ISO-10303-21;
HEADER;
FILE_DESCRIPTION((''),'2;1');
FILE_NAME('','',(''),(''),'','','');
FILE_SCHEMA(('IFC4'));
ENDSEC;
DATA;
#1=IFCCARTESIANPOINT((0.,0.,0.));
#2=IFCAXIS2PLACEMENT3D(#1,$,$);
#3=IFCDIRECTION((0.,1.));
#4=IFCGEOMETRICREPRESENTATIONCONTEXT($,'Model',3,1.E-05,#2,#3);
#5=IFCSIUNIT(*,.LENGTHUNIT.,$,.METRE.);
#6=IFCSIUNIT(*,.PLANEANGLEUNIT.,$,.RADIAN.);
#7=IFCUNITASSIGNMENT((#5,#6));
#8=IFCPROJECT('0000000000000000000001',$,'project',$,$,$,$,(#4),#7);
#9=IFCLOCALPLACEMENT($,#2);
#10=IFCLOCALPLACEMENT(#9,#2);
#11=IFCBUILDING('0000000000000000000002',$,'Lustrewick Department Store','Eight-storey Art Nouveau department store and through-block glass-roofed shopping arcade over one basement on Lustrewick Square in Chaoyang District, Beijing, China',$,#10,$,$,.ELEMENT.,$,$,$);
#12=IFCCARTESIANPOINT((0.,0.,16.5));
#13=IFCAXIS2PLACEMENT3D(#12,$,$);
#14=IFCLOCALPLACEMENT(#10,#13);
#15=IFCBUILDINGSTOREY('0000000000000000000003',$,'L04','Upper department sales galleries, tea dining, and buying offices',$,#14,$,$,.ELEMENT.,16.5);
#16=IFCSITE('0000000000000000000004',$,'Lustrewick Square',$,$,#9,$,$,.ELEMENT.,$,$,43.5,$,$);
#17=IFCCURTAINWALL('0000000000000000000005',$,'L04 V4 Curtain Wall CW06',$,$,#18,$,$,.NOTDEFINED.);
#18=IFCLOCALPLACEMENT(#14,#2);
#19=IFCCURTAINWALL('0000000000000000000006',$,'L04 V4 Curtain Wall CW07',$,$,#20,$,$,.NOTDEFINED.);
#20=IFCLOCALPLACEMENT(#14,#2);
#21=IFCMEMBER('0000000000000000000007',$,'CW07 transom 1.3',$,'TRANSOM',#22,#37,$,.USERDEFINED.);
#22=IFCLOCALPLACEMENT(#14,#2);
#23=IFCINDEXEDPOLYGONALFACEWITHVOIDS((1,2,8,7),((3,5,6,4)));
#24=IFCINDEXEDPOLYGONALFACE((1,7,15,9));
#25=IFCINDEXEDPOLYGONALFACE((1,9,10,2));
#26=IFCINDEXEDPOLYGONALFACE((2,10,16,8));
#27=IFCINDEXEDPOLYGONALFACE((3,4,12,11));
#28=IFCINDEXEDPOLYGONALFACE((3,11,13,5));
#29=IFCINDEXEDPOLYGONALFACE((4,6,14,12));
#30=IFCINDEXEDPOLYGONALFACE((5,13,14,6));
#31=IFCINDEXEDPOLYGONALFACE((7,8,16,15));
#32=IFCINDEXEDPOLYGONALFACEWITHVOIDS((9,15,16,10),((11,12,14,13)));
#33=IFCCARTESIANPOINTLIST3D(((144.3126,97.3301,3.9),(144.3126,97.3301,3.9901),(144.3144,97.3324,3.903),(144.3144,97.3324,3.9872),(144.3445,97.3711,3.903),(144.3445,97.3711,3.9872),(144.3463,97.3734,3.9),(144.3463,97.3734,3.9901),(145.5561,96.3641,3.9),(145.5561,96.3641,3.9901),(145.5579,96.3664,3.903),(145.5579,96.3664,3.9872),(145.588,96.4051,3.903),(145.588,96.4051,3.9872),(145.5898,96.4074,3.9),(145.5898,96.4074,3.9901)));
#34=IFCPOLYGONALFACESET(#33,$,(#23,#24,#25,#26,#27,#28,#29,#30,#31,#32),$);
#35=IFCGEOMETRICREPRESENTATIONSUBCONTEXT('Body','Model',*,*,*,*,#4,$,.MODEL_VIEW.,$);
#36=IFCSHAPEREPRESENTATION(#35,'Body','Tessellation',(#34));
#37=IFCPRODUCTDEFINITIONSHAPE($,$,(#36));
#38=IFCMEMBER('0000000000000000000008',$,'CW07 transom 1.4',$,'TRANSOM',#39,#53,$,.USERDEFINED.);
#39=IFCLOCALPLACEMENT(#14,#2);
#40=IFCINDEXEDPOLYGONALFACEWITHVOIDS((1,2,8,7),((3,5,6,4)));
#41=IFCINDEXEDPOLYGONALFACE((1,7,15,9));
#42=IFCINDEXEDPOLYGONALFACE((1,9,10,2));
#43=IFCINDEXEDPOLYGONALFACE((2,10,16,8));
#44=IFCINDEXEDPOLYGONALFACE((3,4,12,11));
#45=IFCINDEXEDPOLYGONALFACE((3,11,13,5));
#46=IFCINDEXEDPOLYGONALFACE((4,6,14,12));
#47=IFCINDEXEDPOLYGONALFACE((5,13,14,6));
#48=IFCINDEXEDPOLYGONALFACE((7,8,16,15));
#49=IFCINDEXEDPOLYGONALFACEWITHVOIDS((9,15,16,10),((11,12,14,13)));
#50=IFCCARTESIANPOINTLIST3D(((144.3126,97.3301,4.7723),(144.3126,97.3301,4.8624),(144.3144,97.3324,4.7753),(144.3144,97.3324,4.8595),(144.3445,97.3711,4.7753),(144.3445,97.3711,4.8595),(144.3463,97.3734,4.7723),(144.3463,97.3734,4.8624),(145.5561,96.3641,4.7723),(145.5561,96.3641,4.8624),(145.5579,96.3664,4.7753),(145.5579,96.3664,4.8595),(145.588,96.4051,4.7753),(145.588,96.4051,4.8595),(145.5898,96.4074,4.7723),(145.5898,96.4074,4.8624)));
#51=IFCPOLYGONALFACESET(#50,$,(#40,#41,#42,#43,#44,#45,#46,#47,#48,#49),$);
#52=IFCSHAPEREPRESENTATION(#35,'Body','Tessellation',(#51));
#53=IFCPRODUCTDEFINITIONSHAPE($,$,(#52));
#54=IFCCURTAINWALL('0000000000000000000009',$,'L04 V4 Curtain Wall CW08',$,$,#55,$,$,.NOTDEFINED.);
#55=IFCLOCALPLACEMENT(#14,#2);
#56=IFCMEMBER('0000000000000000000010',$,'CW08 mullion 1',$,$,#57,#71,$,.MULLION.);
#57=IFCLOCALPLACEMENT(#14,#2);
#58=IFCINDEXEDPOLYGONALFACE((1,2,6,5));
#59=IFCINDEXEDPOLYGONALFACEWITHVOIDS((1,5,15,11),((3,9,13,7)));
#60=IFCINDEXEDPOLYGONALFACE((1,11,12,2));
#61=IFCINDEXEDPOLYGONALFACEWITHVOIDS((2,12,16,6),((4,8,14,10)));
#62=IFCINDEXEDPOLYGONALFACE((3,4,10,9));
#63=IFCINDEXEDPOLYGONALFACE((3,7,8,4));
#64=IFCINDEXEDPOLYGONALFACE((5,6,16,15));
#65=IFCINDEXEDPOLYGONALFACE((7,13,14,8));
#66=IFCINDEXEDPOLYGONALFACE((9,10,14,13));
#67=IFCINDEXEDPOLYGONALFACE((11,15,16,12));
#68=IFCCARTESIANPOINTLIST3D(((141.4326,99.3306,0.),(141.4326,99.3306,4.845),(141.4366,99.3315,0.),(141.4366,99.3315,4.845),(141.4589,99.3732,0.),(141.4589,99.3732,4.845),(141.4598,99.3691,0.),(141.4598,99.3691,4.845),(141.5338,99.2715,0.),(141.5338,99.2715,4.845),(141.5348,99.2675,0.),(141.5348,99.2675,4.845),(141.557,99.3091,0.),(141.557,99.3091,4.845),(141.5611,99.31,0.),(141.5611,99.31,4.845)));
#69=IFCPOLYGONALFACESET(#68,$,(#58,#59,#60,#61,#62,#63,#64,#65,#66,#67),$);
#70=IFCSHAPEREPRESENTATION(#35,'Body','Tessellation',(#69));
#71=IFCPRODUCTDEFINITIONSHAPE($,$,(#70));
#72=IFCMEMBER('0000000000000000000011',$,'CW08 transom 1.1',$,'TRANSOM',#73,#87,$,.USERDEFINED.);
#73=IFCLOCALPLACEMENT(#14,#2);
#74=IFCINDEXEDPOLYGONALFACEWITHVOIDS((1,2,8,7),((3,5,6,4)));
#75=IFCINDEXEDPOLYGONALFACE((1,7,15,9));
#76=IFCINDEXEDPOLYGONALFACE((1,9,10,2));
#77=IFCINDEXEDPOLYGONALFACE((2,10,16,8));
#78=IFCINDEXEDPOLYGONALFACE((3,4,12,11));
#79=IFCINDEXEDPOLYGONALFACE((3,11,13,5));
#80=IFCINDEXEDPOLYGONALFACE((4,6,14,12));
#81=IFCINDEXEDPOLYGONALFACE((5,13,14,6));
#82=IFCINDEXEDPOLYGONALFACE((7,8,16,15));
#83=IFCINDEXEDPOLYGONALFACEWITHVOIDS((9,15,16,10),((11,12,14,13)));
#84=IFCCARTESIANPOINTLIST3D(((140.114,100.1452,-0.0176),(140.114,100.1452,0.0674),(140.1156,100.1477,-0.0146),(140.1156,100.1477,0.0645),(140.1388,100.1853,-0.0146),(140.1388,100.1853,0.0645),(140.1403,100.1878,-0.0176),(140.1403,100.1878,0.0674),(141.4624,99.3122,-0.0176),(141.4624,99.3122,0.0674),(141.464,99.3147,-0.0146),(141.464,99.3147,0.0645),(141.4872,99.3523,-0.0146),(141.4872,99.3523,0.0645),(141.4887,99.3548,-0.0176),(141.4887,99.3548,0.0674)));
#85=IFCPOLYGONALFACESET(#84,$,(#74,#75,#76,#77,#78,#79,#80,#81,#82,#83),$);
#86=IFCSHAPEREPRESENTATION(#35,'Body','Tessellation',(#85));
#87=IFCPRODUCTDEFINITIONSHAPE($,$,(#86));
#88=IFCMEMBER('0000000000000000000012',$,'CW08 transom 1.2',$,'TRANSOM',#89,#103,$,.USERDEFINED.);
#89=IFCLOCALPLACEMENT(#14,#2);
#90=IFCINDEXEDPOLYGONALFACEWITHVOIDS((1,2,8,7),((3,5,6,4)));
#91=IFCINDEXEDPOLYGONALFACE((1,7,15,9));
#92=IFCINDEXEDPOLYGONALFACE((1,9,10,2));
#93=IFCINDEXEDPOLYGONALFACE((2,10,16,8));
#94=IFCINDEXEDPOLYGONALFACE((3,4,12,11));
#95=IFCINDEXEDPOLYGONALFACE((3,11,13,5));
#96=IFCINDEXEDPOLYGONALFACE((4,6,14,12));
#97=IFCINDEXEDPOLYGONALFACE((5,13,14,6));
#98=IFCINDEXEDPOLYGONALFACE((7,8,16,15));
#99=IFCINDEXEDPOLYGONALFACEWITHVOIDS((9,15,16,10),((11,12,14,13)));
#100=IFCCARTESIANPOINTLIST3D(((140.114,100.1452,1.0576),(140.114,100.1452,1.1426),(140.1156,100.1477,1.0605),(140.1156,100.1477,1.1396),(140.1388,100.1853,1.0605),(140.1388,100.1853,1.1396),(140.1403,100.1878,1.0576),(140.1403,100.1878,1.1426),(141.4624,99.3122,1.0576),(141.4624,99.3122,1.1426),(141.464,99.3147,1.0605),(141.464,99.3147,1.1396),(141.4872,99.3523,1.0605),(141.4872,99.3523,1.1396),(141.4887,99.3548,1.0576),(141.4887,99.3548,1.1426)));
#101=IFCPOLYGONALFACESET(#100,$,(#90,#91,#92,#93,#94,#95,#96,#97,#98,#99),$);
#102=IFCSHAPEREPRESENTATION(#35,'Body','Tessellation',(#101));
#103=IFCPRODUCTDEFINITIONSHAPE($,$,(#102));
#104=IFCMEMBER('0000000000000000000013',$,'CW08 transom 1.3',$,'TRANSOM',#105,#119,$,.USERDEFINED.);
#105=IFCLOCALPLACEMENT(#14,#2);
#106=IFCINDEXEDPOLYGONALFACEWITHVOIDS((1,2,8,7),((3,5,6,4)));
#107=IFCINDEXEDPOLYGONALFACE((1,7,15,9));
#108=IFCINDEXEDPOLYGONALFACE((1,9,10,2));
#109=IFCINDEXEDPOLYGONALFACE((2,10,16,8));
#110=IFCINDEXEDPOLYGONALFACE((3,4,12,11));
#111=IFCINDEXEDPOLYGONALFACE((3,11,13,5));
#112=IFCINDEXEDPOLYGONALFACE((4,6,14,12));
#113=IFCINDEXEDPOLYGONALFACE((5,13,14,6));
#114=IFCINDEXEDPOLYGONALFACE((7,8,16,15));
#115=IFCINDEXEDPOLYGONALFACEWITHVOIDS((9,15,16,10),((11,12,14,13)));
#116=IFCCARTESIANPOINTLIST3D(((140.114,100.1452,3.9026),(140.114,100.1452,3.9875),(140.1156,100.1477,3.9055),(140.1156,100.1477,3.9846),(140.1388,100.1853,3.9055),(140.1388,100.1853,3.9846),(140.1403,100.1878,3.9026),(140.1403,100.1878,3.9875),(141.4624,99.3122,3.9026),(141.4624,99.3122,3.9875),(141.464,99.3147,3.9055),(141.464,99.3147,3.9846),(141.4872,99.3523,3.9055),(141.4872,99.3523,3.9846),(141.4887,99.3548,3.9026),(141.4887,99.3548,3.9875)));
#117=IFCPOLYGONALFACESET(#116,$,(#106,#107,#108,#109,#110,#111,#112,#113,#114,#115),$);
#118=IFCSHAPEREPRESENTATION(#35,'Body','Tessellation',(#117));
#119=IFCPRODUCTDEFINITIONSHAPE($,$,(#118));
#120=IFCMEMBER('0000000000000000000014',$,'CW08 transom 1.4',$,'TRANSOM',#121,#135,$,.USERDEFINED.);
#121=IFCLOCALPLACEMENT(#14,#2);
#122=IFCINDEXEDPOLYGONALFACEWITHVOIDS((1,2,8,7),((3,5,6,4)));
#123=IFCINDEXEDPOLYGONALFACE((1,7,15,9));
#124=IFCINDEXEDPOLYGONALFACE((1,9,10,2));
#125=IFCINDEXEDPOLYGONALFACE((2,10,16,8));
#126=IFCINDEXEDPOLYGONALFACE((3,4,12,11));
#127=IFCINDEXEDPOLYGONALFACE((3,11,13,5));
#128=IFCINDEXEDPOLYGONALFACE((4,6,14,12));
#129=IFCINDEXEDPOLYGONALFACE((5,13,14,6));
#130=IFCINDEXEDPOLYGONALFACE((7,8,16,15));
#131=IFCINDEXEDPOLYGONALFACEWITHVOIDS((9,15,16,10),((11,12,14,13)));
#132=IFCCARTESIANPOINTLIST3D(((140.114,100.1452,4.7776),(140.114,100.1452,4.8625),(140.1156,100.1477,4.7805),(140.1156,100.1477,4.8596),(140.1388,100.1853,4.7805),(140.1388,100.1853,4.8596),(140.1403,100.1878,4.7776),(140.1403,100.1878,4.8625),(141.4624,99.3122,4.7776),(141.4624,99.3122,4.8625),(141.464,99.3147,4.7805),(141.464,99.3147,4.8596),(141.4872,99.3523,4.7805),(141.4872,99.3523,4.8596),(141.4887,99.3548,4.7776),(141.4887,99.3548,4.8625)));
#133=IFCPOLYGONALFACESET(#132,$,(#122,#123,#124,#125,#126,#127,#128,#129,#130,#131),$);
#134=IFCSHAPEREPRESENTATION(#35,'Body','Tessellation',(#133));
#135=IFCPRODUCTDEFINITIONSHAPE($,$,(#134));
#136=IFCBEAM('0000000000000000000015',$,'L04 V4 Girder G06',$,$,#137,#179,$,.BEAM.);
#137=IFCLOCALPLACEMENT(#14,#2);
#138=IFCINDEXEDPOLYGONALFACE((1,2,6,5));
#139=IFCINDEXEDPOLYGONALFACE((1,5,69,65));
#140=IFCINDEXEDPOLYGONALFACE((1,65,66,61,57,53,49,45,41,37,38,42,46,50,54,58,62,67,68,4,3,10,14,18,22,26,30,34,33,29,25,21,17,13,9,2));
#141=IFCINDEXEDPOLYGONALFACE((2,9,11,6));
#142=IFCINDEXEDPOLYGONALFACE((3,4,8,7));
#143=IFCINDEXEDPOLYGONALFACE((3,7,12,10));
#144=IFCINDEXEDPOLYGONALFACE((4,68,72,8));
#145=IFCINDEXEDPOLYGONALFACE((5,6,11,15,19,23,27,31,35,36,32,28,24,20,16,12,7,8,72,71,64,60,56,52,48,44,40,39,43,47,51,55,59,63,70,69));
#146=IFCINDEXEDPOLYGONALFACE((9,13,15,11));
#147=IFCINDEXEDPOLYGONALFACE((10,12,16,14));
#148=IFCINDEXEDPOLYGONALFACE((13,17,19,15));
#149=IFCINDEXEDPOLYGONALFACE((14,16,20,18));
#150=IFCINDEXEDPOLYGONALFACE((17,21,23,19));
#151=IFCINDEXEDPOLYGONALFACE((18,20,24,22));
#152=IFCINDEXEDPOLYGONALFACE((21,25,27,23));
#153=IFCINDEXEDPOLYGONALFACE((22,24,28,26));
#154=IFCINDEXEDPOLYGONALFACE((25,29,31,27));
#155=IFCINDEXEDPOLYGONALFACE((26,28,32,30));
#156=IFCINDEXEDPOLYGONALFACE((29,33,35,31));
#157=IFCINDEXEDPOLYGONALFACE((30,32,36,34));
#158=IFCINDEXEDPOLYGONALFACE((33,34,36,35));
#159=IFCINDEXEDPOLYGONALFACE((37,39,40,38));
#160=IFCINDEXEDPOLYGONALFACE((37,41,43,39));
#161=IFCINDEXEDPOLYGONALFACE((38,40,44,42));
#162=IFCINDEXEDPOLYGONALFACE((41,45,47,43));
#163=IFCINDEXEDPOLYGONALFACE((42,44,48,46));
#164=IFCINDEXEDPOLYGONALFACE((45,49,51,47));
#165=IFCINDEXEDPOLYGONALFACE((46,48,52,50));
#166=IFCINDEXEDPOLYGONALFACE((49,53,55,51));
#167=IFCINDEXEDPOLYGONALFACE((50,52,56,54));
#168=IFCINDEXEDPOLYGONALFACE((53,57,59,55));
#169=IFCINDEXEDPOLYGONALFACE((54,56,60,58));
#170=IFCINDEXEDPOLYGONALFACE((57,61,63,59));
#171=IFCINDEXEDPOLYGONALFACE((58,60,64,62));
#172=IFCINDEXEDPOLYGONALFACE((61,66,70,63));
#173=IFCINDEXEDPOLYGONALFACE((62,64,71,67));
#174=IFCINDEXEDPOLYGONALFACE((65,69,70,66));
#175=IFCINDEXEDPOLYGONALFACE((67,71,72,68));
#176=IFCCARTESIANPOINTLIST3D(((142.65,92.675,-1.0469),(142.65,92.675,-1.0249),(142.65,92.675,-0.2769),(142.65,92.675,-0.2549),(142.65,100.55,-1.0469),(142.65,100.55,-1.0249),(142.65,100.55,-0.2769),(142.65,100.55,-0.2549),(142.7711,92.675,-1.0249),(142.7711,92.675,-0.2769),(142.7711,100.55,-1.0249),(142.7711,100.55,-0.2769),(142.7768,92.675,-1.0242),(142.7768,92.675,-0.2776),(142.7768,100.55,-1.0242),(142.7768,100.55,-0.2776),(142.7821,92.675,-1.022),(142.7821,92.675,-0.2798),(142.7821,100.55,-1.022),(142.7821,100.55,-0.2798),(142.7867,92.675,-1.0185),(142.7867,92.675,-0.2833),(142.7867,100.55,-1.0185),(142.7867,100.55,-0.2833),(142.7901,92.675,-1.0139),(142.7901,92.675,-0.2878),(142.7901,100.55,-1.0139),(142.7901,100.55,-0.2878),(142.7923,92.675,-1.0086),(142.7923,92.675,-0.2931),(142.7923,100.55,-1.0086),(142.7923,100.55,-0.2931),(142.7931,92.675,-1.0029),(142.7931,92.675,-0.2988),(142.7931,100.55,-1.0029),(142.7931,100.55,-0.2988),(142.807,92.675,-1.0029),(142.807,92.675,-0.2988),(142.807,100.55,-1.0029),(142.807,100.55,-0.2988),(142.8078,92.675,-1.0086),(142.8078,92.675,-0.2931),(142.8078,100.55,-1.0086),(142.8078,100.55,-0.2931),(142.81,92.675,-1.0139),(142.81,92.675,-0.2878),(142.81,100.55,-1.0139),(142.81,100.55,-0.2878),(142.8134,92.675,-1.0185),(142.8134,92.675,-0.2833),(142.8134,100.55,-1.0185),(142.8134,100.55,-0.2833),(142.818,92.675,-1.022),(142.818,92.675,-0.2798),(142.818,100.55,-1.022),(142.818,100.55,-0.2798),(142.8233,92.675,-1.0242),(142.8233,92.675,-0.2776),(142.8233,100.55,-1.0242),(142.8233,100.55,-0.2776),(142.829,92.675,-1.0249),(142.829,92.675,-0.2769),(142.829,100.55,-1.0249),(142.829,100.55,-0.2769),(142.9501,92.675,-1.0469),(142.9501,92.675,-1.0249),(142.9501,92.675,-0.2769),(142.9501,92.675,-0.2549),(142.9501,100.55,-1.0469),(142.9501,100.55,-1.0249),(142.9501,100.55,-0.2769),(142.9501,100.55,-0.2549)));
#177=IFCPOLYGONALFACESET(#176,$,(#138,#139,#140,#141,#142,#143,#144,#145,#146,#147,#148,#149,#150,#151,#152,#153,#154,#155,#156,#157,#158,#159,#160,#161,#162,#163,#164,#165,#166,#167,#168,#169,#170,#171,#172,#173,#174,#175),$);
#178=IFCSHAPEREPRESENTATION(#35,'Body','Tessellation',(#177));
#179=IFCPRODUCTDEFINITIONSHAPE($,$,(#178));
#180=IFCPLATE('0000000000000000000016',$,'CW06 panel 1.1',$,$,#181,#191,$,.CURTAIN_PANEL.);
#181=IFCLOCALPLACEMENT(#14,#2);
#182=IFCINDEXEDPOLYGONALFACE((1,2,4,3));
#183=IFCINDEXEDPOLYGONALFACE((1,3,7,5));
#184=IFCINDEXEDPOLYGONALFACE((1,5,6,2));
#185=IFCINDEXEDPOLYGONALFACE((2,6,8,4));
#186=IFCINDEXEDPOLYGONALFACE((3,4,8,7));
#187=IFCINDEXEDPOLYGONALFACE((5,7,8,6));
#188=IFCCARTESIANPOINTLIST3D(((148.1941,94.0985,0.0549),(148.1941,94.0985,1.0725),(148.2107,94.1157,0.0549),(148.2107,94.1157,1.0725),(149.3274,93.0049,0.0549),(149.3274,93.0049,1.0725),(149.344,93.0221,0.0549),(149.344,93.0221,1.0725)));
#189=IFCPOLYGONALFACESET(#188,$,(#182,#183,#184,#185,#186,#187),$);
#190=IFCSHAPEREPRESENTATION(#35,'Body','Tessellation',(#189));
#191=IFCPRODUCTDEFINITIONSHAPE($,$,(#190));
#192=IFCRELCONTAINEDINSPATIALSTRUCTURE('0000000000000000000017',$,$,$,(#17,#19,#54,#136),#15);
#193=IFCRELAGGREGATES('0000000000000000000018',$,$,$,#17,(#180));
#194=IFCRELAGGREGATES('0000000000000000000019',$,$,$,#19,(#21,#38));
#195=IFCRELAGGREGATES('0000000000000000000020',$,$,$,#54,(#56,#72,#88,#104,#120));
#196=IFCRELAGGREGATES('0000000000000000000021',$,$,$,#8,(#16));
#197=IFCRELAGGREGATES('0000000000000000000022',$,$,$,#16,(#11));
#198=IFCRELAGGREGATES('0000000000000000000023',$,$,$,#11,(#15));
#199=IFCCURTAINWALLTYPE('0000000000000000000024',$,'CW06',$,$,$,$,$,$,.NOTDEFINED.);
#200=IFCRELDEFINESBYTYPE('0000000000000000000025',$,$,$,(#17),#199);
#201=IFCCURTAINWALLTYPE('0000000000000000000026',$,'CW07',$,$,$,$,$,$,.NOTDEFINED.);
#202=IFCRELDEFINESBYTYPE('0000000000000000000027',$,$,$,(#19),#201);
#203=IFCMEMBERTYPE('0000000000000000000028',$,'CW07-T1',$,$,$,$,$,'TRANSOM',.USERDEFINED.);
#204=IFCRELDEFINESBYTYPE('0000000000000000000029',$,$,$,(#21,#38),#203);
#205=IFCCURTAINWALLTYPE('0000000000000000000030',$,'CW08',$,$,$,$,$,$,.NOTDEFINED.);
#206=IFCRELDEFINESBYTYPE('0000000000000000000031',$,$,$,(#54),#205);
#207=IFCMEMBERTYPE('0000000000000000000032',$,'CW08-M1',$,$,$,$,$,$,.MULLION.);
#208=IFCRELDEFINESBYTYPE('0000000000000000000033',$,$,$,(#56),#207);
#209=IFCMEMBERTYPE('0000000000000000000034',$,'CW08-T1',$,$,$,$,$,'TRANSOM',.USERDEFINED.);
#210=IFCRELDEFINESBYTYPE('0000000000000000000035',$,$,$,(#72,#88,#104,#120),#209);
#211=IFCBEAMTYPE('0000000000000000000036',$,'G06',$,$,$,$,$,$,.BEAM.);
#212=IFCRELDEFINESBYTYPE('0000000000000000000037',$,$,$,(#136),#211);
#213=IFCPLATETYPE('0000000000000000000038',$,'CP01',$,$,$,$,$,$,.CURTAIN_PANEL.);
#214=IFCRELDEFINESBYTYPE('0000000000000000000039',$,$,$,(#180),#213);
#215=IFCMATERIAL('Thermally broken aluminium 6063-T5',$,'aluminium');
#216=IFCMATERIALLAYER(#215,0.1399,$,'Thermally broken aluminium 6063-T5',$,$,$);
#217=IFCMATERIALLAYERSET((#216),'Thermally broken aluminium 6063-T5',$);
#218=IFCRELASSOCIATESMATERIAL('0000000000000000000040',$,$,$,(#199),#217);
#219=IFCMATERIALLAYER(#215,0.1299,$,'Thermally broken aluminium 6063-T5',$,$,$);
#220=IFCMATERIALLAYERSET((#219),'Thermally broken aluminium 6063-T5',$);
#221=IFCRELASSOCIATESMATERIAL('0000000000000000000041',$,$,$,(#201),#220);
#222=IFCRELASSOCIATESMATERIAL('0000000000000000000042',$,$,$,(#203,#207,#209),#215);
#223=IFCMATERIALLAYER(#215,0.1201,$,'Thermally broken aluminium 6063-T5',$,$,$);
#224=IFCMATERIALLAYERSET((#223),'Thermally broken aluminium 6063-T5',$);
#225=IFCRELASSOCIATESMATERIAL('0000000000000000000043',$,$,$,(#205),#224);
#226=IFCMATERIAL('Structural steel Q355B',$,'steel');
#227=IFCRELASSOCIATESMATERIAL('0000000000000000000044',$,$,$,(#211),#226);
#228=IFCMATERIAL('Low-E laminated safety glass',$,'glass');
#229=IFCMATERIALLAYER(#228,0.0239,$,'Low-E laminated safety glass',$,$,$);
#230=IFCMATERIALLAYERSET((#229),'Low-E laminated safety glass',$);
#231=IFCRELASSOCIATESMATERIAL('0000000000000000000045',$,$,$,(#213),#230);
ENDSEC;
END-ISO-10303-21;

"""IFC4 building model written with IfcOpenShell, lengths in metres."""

from ifc_helpers import new_model, si_unit, direction, frame, origin, origin_2d, place, context, subcontext, project, spatial, rectangle, hollow_rectangle, i_section, extrude, material, layer, layer_set, material_profile, profile_set, type_object, element, aggregate, save


model = new_model("IFC4")

# Units and contexts
model_context = context("Model", 3, precision=1e-05, world=origin(), true_north=direction((0.0, 1.0)))
body_context = subcontext(model_context, "Body", "Model", "MODEL_VIEW")
ifc_project = project(units=[si_unit("LENGTHUNIT", "METRE"), si_unit("PLANEANGLEUNIT", "RADIAN")], contexts=[model_context])

# Site, building, storey
site_placement = place(None, origin())
site = spatial("IfcSite", under=ifc_project, at=site_placement, Name="Lustrewick Square", CompositionType="ELEMENT", RefElevation=43.5)
building_placement = place(site_placement, origin())
building = spatial("IfcBuilding", under=site, at=building_placement, Name="Lustrewick Department Store", Description="Eight-storey Art Nouveau department store and through-block glass-roofed shopping arcade over one basement on Lustrewick Square in Chaoyang District, Beijing, China", CompositionType="ELEMENT")
storey_placement = place(building_placement, frame((0.0, 0.0, 16.5)))
storey = spatial("IfcBuildingStorey", under=building, at=storey_placement, Name="L04", Description="Upper department sales galleries, tea dining, and buying offices", CompositionType="ELEMENT", Elevation=16.5)

# Curtain walls, members
ifc_material_1 = material(Name="Thermally broken aluminium 6063-T5", Category="aluminium")
ifc_layer_1 = layer(ifc_material_1, 0.1399, Name="Thermally broken aluminium 6063-T5")
ifc_layer_set_1 = layer_set([ifc_layer_1], Name="Thermally broken aluminium 6063-T5")
curtain_wall_type_1 = type_object("IfcCurtainWallType", Name="CW06", PredefinedType="NOTDEFINED", material=ifc_layer_set_1)
curtain_wall_1_placement = place(storey_placement, origin())
curtain_wall_1 = element("IfcCurtainWall", 1, at=curtain_wall_1_placement, inside=storey, type_object=curtain_wall_type_1, Name="L04 V4 Curtain Wall CW06", PredefinedType="NOTDEFINED")
ifc_layer_2 = layer(ifc_material_1, 0.1299, Name="Thermally broken aluminium 6063-T5")
ifc_layer_set_2 = layer_set([ifc_layer_2], Name="Thermally broken aluminium 6063-T5")
curtain_wall_type_2 = type_object("IfcCurtainWallType", Name="CW07", PredefinedType="NOTDEFINED", material=ifc_layer_set_2)
curtain_wall_2_placement = place(storey_placement, origin())
curtain_wall_2 = element("IfcCurtainWall", 2, at=curtain_wall_2_placement, inside=storey, type_object=curtain_wall_type_2, Name="L04 V4 Curtain Wall CW07", PredefinedType="NOTDEFINED")
ifc_material_profile_1 = material_profile(ifc_material_1, hollow_rectangle(XDim=0.0549, YDim=0.0901, WallThickness=0.0029, at=origin_2d()), Name="ALU-T 55x90x3")
ifc_profile_set_1 = profile_set([ifc_material_profile_1], Name="Thermally broken aluminium 6063-T5")
member_type_1 = type_object("IfcMemberType", Name="CW07-T1", ElementType="TRANSOM", PredefinedType="USERDEFINED", material=ifc_profile_set_1)
member_1_placement = place(storey_placement, frame((145.573, 96.3857, 3.9451), z_axis=(-0.789728, 0.613458, 0.0), x_axis=(-0.613458, -0.789728, 0.0)))
member_1 = element("IfcMember", 3, at=member_1_placement, type_object=member_type_1, Name="CW07 transom 1.3", ObjectType="TRANSOM", PredefinedType="USERDEFINED", context=body_context, shape_type="SweptSolid", body=[
    extrude(hollow_rectangle(XDim=0.0549, YDim=0.0901, WallThickness=0.0029, at=origin_2d()), origin(), (0.0, 0.0, 1.0), 1.5747),
])
member_2_placement = place(storey_placement, frame((145.573, 96.3857, 4.8174), z_axis=(-0.789728, 0.613458, 0.0), x_axis=(-0.613458, -0.789728, 0.0)))
member_2 = element("IfcMember", 4, at=member_2_placement, type_object=member_type_1, Name="CW07 transom 1.4", ObjectType="TRANSOM", PredefinedType="USERDEFINED", context=body_context, shape_type="SweptSolid", body=[
    extrude(hollow_rectangle(XDim=0.0549, YDim=0.0901, WallThickness=0.0029, at=origin_2d()), origin(), (0.0, 0.0, 1.0), 1.5747),
])
ifc_layer_3 = layer(ifc_material_1, 0.1201, Name="Thermally broken aluminium 6063-T5")
ifc_layer_set_3 = layer_set([ifc_layer_3], Name="Thermally broken aluminium 6063-T5")
curtain_wall_type_3 = type_object("IfcCurtainWallType", Name="CW08", PredefinedType="NOTDEFINED", material=ifc_layer_set_3)
curtain_wall_3_placement = place(storey_placement, origin())
curtain_wall_3 = element("IfcCurtainWall", 5, at=curtain_wall_3_placement, inside=storey, type_object=curtain_wall_type_3, Name="L04 V4 Curtain Wall CW08", PredefinedType="NOTDEFINED")
ifc_material_profile_2 = material_profile(ifc_material_1, hollow_rectangle(XDim=0.05, YDim=0.1201, WallThickness=0.0029, at=origin_2d()), Name="ALU-M 50x120x3")
ifc_profile_set_2 = profile_set([ifc_material_profile_2], Name="Thermally broken aluminium 6063-T5")
member_type_2 = type_object("IfcMemberType", Name="CW08-M1", PredefinedType="MULLION", material=ifc_profile_set_2)
member_3_placement = place(storey_placement, frame((141.4968, 99.3203, 0.0), z_axis=(0.0, 0.0, 1.0), x_axis=(-0.525537, -0.850771, 0.0)))
member_3 = element("IfcMember", 6, at=member_3_placement, type_object=member_type_2, Name="CW08 mullion 1", PredefinedType="MULLION", context=body_context, shape_type="SweptSolid", body=[
    extrude(hollow_rectangle(XDim=0.05, YDim=0.1201, WallThickness=0.0029, at=origin_2d()), origin(), (0.0, 0.0, 1.0), 4.845),
])
ifc_material_profile_3 = material_profile(ifc_material_1, hollow_rectangle(XDim=0.05, YDim=0.085, WallThickness=0.0029, at=origin_2d()), Name="ALU-T 50x85x3")
ifc_profile_set_3 = profile_set([ifc_material_profile_3], Name="Thermally broken aluminium 6063-T5")
member_type_3 = type_object("IfcMemberType", Name="CW08-T1", ElementType="TRANSOM", PredefinedType="USERDEFINED", material=ifc_profile_set_3)
member_4_placement = place(storey_placement, frame((141.4756, 99.3335, 0.0249), z_axis=(-0.850747, 0.525575, 0.0), x_axis=(-0.525575, -0.850747, 0.0)))
member_4 = element("IfcMember", 7, at=member_4_placement, type_object=member_type_3, Name="CW08 transom 1.1", ObjectType="TRANSOM", PredefinedType="USERDEFINED", context=body_context, shape_type="SweptSolid", body=[
    extrude(hollow_rectangle(XDim=0.05, YDim=0.085, WallThickness=0.0029, at=origin_2d()), origin(), (0.0, 0.0, 1.0), 1.585),
])
member_5_placement = place(storey_placement, frame((141.4756, 99.3335, 1.1001), z_axis=(-0.850747, 0.525575, 0.0), x_axis=(-0.525575, -0.850747, 0.0)))
member_5 = element("IfcMember", 8, at=member_5_placement, type_object=member_type_3, Name="CW08 transom 1.2", ObjectType="TRANSOM", PredefinedType="USERDEFINED", context=body_context, shape_type="SweptSolid", body=[
    extrude(hollow_rectangle(XDim=0.05, YDim=0.085, WallThickness=0.0029, at=origin_2d()), origin(), (0.0, 0.0, 1.0), 1.585),
])
member_6_placement = place(storey_placement, frame((141.4756, 99.3335, 3.9451), z_axis=(-0.850747, 0.525575, 0.0), x_axis=(-0.525575, -0.850747, 0.0)))
member_6 = element("IfcMember", 9, at=member_6_placement, type_object=member_type_3, Name="CW08 transom 1.3", ObjectType="TRANSOM", PredefinedType="USERDEFINED", context=body_context, shape_type="SweptSolid", body=[
    extrude(hollow_rectangle(XDim=0.05, YDim=0.085, WallThickness=0.0029, at=origin_2d()), origin(), (0.0, 0.0, 1.0), 1.585),
])
member_7_placement = place(storey_placement, frame((141.4756, 99.3335, 4.8201), z_axis=(-0.850747, 0.525575, 0.0), x_axis=(-0.525575, -0.850747, 0.0)))
member_7 = element("IfcMember", 10, at=member_7_placement, type_object=member_type_3, Name="CW08 transom 1.4", ObjectType="TRANSOM", PredefinedType="USERDEFINED", context=body_context, shape_type="SweptSolid", body=[
    extrude(hollow_rectangle(XDim=0.05, YDim=0.085, WallThickness=0.0029, at=origin_2d()), origin(), (0.0, 0.0, 1.0), 1.585),
])

# Beam
ifc_material_2 = material(Name="Structural steel Q355B", Category="steel")
ifc_material_profile_4 = material_profile(ifc_material_2, i_section(OverallWidth=0.3, OverallDepth=0.792, WebThickness=0.0139, FlangeThickness=0.022, FilletRadius=0.022, at=origin_2d()), Name="HN 792x300x14x22")
ifc_profile_set_4 = profile_set([ifc_material_profile_4], Name="Structural steel Q355B")
beam_type = type_object("IfcBeamType", Name="G06", PredefinedType="BEAM", material=ifc_profile_set_4)
beam_placement = place(storey_placement, frame((142.8, 92.675, -0.6509), z_axis=(0.0, 1.0, 0.0), x_axis=(-1.0, 0.0, 0.0)))
element("IfcBeam", 11, at=beam_placement, inside=storey, type_object=beam_type, Name="L04 V4 Girder G06", PredefinedType="BEAM", context=body_context, shape_type="SweptSolid", body=[
    extrude(i_section(OverallWidth=0.3, OverallDepth=0.792, WebThickness=0.0139, FlangeThickness=0.022, FilletRadius=0.022, at=origin_2d()), origin(), (0.0, 0.0, 1.0), 7.875),
])

# Plate
ifc_material_3 = material(Name="Low-E laminated safety glass", Category="glass")
ifc_layer_4 = layer(ifc_material_3, 0.0239, Name="Low-E laminated safety glass")
ifc_layer_set_4 = layer_set([ifc_layer_4], Name="Low-E laminated safety glass")
plate_type_1 = type_object("IfcPlateType", Name="CP01", PredefinedType="CURTAIN_PANEL", material=ifc_layer_set_4)
plate_1_placement = place(storey_placement, frame((148.769, 93.5603, 0.0549), z_axis=(0.0, 0.0, 1.0), x_axis=(-0.719606, 0.694383, 0.0)))
plate_1 = element("IfcPlate", 12, at=plate_1_placement, type_object=plate_type_1, Name="CW06 panel 1.1", PredefinedType="CURTAIN_PANEL", context=body_context, shape_type="SweptSolid", body=[
    extrude(rectangle(XDim=1.575, YDim=0.0239, at=origin_2d()), origin(), (0.0, 0.0, 1.0), 1.0176),
])
aggregate(curtain_wall_1, [plate_1])
aggregate(curtain_wall_2, [member_1, member_2])
aggregate(curtain_wall_3, [member_3, member_4, member_5, member_6, member_7])

save(model, "model.ifc")
